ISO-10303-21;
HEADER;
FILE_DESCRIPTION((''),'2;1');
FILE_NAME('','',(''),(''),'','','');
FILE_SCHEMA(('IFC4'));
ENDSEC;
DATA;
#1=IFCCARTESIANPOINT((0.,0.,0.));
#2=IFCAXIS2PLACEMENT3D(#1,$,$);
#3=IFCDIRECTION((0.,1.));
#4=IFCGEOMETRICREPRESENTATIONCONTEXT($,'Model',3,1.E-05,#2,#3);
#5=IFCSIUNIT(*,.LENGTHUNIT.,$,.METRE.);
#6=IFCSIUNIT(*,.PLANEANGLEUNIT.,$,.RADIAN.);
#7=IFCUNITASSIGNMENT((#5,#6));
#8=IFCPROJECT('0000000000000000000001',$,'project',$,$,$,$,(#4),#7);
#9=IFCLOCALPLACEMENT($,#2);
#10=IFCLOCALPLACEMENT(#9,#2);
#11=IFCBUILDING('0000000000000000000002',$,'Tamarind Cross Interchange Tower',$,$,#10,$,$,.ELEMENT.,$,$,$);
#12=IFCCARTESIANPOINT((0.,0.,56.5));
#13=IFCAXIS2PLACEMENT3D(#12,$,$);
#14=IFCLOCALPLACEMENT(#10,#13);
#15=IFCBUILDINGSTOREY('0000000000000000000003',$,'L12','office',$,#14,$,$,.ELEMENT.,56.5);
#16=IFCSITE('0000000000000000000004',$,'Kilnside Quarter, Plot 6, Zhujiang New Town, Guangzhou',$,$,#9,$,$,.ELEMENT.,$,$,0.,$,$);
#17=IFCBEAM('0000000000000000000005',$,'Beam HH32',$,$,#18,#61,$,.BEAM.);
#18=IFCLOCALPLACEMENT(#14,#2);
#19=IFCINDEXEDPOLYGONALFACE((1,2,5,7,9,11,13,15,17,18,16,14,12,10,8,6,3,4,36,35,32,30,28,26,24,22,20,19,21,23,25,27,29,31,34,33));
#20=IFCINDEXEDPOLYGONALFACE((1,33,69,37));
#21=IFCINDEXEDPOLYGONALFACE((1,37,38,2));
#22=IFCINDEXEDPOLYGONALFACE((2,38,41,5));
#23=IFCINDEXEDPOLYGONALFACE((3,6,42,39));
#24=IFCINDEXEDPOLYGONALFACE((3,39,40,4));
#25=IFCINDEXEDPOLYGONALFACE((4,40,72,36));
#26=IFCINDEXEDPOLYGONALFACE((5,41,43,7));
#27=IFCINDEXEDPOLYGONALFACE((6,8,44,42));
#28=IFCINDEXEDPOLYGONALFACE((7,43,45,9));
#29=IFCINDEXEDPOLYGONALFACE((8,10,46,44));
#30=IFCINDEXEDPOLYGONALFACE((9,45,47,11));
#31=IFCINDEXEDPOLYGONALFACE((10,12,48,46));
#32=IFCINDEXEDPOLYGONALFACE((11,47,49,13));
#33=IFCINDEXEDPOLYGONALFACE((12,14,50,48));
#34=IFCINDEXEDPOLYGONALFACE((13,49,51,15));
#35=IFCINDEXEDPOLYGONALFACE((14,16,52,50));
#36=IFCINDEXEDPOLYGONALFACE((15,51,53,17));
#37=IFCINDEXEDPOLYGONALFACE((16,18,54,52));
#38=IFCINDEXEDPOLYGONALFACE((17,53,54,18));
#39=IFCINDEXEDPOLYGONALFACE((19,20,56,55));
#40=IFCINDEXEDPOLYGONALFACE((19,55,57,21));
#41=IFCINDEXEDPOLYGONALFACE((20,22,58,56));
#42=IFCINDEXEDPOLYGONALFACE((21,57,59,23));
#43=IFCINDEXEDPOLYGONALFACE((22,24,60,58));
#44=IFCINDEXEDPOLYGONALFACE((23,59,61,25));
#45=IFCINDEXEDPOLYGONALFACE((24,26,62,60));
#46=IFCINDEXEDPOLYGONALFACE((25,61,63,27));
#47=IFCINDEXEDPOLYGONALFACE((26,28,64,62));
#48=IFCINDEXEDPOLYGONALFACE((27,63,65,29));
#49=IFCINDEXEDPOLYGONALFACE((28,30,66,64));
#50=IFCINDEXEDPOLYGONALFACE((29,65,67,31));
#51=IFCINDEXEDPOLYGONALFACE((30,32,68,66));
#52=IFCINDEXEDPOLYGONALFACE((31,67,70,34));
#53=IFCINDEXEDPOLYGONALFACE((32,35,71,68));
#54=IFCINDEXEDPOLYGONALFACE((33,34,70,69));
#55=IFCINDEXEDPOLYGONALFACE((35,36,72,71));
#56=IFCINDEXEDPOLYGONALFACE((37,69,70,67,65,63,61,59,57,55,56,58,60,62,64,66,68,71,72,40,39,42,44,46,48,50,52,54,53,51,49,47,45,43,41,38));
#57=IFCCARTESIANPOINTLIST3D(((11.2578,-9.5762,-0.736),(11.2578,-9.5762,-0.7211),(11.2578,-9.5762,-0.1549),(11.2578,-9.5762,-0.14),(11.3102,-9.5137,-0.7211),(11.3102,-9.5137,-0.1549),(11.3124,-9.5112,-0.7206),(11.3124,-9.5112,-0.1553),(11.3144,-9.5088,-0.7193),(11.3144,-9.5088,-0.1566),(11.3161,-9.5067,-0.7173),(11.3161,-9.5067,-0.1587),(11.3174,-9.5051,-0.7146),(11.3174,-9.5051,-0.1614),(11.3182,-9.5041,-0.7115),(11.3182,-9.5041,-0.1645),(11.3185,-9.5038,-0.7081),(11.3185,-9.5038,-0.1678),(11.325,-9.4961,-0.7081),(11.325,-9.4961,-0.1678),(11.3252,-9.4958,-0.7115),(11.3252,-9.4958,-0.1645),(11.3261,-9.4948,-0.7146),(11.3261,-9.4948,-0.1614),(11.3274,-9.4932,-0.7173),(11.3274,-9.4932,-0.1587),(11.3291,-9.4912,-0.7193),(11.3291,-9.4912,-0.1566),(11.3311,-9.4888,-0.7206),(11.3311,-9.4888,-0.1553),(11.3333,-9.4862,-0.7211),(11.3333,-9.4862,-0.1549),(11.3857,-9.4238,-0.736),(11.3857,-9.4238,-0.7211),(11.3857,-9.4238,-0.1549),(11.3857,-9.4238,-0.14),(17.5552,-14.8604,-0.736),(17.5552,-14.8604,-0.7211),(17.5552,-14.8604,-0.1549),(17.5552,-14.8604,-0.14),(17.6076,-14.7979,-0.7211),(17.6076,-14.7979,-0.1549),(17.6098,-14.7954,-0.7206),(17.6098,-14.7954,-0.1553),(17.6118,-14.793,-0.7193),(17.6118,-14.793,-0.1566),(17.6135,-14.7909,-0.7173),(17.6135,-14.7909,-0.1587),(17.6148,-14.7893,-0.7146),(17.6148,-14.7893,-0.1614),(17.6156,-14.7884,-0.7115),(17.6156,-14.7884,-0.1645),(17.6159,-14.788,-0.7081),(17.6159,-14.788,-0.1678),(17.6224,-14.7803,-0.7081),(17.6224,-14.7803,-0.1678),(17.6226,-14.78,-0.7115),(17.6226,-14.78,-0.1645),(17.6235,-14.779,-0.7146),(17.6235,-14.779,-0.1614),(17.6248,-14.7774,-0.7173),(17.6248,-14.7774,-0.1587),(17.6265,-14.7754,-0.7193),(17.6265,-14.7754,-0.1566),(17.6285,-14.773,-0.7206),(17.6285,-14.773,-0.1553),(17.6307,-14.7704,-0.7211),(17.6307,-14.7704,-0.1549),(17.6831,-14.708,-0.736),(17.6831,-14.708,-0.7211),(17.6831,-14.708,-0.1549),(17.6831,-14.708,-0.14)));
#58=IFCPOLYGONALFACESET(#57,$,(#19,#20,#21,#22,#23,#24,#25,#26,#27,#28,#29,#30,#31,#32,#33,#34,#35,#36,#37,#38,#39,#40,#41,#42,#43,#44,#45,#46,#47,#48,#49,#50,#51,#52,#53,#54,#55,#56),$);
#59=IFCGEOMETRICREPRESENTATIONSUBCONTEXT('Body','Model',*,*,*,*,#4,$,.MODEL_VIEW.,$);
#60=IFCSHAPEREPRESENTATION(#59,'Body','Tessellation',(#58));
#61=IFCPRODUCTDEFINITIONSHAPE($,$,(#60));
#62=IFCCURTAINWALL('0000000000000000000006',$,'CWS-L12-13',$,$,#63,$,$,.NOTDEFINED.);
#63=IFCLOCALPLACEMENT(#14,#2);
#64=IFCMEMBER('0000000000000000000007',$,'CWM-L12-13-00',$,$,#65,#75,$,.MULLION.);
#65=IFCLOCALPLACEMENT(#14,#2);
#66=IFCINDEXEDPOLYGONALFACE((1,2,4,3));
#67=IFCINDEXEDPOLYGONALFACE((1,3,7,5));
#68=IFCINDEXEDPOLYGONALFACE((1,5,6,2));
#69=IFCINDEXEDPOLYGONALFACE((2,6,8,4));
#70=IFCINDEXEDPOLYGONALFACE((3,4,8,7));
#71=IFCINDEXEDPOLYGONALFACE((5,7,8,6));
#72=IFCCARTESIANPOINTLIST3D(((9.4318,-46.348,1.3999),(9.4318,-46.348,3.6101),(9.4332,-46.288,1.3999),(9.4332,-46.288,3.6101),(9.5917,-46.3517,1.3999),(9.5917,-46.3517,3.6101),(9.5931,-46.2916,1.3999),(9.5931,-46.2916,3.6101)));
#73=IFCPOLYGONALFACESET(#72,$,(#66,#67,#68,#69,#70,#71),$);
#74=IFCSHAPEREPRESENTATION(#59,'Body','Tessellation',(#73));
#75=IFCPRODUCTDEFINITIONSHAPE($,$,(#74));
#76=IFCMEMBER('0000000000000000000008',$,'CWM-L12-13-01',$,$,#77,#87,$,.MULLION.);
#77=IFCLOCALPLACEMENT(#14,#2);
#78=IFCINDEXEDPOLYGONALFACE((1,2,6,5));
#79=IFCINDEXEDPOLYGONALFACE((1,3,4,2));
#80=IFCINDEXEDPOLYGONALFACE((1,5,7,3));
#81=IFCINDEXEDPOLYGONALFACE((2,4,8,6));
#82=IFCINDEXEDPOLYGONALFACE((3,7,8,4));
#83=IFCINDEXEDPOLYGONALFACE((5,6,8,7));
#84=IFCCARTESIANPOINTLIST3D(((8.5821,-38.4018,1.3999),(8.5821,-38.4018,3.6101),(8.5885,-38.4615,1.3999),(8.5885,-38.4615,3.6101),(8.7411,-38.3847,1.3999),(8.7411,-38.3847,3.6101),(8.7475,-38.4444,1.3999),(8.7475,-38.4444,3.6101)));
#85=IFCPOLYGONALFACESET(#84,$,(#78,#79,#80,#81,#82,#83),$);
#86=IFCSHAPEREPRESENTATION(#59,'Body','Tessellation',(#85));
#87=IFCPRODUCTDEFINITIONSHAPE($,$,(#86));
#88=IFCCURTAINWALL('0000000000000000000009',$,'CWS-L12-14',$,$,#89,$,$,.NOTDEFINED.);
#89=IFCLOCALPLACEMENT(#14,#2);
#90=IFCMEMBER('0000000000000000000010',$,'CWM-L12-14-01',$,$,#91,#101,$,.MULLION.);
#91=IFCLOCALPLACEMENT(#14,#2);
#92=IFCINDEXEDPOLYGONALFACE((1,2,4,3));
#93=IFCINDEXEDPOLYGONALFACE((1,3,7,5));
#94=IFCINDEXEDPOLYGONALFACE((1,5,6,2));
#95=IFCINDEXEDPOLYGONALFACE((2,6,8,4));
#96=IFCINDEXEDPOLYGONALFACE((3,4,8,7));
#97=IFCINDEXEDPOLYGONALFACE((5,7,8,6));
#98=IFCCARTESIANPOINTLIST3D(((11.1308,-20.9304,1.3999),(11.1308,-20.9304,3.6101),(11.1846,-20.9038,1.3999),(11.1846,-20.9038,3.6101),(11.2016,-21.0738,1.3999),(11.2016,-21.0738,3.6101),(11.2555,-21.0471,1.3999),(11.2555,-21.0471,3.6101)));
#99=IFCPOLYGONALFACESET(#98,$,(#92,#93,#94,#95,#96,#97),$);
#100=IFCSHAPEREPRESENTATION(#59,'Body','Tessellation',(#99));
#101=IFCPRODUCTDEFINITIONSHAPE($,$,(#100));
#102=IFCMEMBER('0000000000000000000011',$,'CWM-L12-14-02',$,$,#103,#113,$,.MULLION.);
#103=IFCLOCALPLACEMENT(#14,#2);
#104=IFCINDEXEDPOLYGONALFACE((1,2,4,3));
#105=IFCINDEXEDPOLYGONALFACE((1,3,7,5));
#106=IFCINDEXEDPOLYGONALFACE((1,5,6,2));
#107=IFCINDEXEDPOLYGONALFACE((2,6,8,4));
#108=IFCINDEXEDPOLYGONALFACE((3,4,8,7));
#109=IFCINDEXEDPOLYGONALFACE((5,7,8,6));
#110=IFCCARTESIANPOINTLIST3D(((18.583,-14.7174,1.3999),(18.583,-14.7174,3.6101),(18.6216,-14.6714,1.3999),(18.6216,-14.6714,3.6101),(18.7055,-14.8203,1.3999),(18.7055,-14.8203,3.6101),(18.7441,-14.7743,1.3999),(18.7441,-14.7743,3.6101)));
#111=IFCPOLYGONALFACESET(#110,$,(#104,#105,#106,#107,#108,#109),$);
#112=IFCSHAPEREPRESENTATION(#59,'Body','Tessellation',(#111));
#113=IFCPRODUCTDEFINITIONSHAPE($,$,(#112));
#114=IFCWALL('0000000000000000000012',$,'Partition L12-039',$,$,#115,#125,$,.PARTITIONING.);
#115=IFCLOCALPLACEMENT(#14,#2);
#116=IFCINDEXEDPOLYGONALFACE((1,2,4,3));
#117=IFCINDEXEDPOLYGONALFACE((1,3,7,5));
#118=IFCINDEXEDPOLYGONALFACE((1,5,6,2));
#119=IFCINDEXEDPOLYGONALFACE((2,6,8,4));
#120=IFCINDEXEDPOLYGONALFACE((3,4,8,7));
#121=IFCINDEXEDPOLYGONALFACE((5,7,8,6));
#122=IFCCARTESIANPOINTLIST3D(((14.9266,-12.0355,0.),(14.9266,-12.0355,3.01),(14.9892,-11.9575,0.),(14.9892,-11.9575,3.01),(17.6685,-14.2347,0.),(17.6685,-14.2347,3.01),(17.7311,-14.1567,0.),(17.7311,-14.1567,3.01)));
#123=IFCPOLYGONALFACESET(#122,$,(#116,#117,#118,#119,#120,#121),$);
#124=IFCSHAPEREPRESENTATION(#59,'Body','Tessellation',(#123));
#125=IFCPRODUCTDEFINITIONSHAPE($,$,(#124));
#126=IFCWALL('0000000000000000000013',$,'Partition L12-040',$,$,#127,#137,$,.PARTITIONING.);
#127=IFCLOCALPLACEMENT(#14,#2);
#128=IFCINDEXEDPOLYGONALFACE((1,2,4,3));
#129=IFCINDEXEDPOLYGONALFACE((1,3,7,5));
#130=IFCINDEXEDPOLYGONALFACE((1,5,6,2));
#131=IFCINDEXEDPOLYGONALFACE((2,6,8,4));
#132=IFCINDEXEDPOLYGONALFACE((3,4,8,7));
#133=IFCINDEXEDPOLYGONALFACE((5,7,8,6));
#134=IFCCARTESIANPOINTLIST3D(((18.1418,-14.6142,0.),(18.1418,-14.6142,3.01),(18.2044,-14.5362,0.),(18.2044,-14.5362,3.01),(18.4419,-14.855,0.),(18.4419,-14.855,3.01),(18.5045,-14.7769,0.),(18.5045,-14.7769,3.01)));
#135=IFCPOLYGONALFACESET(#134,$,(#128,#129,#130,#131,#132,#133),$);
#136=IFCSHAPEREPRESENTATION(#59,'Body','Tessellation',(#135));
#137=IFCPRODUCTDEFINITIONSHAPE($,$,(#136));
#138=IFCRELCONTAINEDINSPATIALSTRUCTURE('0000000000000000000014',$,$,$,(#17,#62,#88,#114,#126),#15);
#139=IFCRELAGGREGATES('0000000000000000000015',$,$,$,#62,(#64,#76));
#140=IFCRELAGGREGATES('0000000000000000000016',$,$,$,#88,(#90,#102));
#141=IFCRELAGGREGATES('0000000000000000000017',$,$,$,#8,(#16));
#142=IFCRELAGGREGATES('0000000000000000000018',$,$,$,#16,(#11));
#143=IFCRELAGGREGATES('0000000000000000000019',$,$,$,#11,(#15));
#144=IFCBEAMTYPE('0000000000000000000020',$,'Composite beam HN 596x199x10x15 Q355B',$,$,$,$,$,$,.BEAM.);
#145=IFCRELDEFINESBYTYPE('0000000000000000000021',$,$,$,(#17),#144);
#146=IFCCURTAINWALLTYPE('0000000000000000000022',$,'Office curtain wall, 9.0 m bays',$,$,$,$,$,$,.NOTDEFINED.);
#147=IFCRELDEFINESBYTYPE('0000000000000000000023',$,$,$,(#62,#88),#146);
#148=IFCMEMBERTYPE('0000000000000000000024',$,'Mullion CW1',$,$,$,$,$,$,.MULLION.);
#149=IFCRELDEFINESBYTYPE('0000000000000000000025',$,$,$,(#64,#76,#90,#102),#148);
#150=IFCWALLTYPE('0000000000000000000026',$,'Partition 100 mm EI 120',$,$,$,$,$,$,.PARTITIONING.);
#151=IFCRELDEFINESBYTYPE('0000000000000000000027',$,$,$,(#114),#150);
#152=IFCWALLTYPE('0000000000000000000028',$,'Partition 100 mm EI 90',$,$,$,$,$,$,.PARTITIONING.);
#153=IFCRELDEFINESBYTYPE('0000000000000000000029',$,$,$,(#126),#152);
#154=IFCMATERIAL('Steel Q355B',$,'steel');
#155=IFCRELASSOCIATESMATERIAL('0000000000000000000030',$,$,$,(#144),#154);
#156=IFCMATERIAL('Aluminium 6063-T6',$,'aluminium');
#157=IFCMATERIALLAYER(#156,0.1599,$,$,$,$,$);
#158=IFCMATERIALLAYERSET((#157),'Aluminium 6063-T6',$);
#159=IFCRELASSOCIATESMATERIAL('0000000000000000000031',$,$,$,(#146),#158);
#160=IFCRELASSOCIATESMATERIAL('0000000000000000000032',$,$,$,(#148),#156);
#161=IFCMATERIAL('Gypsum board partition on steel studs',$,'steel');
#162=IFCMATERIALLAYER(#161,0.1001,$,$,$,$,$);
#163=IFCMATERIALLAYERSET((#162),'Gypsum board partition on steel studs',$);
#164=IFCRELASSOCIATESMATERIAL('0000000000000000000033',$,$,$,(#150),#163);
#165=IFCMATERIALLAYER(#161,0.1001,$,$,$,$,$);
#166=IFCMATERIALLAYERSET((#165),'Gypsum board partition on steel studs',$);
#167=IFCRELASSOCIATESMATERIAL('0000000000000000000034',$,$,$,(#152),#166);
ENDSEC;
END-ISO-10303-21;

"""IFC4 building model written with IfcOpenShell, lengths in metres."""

from ifc_helpers import new_model, si_unit, direction, frame, frame_2d, origin, origin_2d, place, context, subcontext, project, spatial, rectangle, i_section, extrude, material, layer, layer_set, material_profile, profile_set, type_object, element, aggregate, save


model = new_model("IFC4")

# Units and contexts
model_context = context("Model", 3, precision=1e-05, world=origin(), true_north=direction((0.0, 1.0)))
body_context = subcontext(model_context, "Body", "Model", "MODEL_VIEW")
ifc_project = project(units=[si_unit("LENGTHUNIT", "METRE"), si_unit("PLANEANGLEUNIT", "RADIAN")], contexts=[model_context])

# Site, building, storey
site_placement = place(None, origin())
site = spatial("IfcSite", under=ifc_project, at=site_placement, Name="Kilnside Quarter, Plot 6, Zhujiang New Town, Guangzhou", CompositionType="ELEMENT", RefElevation=0.0)
building_placement = place(site_placement, origin())
building = spatial("IfcBuilding", under=site, at=building_placement, Name="Tamarind Cross Interchange Tower", CompositionType="ELEMENT")
storey_placement = place(building_placement, frame((0.0, 0.0, 56.5)))
storey = spatial("IfcBuildingStorey", under=building, at=storey_placement, Name="L12", Description="office", CompositionType="ELEMENT", Elevation=56.5)

# Beam
ifc_material_1 = material(Name="Steel Q355B", Category="steel")
ifc_material_profile_1 = material_profile(ifc_material_1, i_section(OverallWidth=0.199, OverallDepth=0.5959, WebThickness=0.01, FlangeThickness=0.0149, FilletRadius=0.0129, at=origin_2d()), Name="HN 596x199x10x15")
ifc_profile_set_1 = profile_set([ifc_material_profile_1], Name="Steel Q355B")
beam_type_1 = type_object("IfcBeamType", Name="Composite beam HN 596x199x10x15 Q355B", PredefinedType="BEAM", material=ifc_profile_set_1)
beam_1_placement = place(storey_placement, frame((17.6191, -14.7842, -0.438), z_axis=(-0.766041, 0.642792, 0.0), x_axis=(-0.642792, -0.766041, 0.0)))
element("IfcBeam", 1, at=beam_1_placement, inside=storey, type_object=beam_type_1, Name="Beam HH32", PredefinedType="BEAM", context=body_context, shape_type="SweptSolid", body=[
    extrude(i_section(OverallWidth=0.199, OverallDepth=0.5959, WebThickness=0.01, FlangeThickness=0.0149, FilletRadius=0.0129, at=origin_2d()), origin(), (0.0, 0.0, 1.0), 8.2207),
])

# Curtain walls, members
ifc_material_2 = material(Name="Aluminium 6063-T6", Category="aluminium")
ifc_layer_1 = layer(ifc_material_2, 0.1599)
ifc_layer_set_1 = layer_set([ifc_layer_1], Name="Aluminium 6063-T6")
curtain_wall_type = type_object("IfcCurtainWallType", Name="Office curtain wall, 9.0 m bays", PredefinedType="NOTDEFINED", material=ifc_layer_set_1)
curtain_wall_1_placement = place(storey_placement, origin())
curtain_wall_1 = element("IfcCurtainWall", 2, at=curtain_wall_1_placement, inside=storey, type_object=curtain_wall_type, Name="CWS-L12-13", PredefinedType="NOTDEFINED")
ifc_material_profile_2 = material_profile(ifc_material_2, rectangle(XDim=0.0601, YDim=0.1599, at=origin_2d()), Name="Mullion CW1")
ifc_profile_set_2 = profile_set([ifc_material_profile_2], Name="Aluminium 6063-T6")
member_type = type_object("IfcMemberType", Name="Mullion CW1", PredefinedType="MULLION", material=ifc_profile_set_2)
member_1_placement = place(storey_placement, frame((9.5125, -46.3198, 1.3999), z_axis=(0.0, 0.0, 1.0), x_axis=(0.022718, 0.999742, 0.0)))
member_1 = element("IfcMember", 3, at=member_1_placement, type_object=member_type, Name="CWM-L12-13-00", PredefinedType="MULLION", context=body_context, shape_type="SweptSolid", body=[
    extrude(rectangle(XDim=0.0601, YDim=0.1599, at=origin_2d()), origin(), (0.0, 0.0, 1.0), 2.2102),
])
member_2_placement = place(storey_placement, frame((8.6648, -38.4231, 1.3999), z_axis=(0.0, 0.0, 1.0), x_axis=(-0.106744, 0.994287, 0.0)))
member_2 = element("IfcMember", 4, at=member_2_placement, type_object=member_type, Name="CWM-L12-13-01", PredefinedType="MULLION", context=body_context, shape_type="SweptSolid", body=[
    extrude(rectangle(XDim=0.0601, YDim=0.1599, at=origin_2d()), origin(), (0.0, 0.0, 1.0), 2.2102),
])
aggregate(curtain_wall_1, [member_1, member_2])
curtain_wall_2_placement = place(storey_placement, origin())
curtain_wall_2 = element("IfcCurtainWall", 5, at=curtain_wall_2_placement, inside=storey, type_object=curtain_wall_type, Name="CWS-L12-14", PredefinedType="NOTDEFINED")
member_3_placement = place(storey_placement, frame((11.1931, -20.9888, 1.3999), z_axis=(0.0, 0.0, 1.0), x_axis=(0.896493, 0.443059, 0.0)))
member_3 = element("IfcMember", 6, at=member_3_placement, type_object=member_type, Name="CWM-L12-14-01", PredefinedType="MULLION", context=body_context, shape_type="SweptSolid", body=[
    extrude(rectangle(XDim=0.0601, YDim=0.1599, at=origin_2d()), origin(), (0.0, 0.0, 1.0), 2.2102),
])
member_4_placement = place(storey_placement, frame((18.6636, -14.7458, 1.3999), z_axis=(0.0, 0.0, 1.0), x_axis=(0.643009, 0.765858, 0.0)))
member_4 = element("IfcMember", 7, at=member_4_placement, type_object=member_type, Name="CWM-L12-14-02", PredefinedType="MULLION", context=body_context, shape_type="SweptSolid", body=[
    extrude(rectangle(XDim=0.0601, YDim=0.1599, at=origin_2d()), origin(), (0.0, 0.0, 1.0), 2.2102),
])
aggregate(curtain_wall_2, [member_3, member_4])

# Walls
ifc_material_3 = material(Name="Gypsum board partition on steel studs", Category="steel")
ifc_layer_2 = layer(ifc_material_3, 0.1001)
ifc_layer_set_2 = layer_set([ifc_layer_2], Name="Gypsum board partition on steel studs")
wall_type_1 = type_object("IfcWallType", Name="Partition 100 mm EI 120", PredefinedType="PARTITIONING", material=ifc_layer_set_2)
wall_1_placement = place(storey_placement, frame((14.958, -11.9966, 0.0), z_axis=(0.0, 0.0, 1.0), x_axis=(0.780082, -0.625677, 0.0)))
element("IfcWall", 8, at=wall_1_placement, inside=storey, type_object=wall_type_1, Name="Partition L12-039", PredefinedType="PARTITIONING", context=body_context, shape_type="SweptSolid", body=[
    extrude(rectangle(XDim=3.5149, YDim=0.1001, at=frame_2d((1.7573, 0.0))), origin(), (0.0, 0.0, 1.0), 3.01),
])
ifc_layer_3 = layer(ifc_material_3, 0.1001)
ifc_layer_set_3 = layer_set([ifc_layer_3], Name="Gypsum board partition on steel studs")
wall_type_2 = type_object("IfcWallType", Name="Partition 100 mm EI 90", PredefinedType="PARTITIONING", material=ifc_layer_set_3)
wall_2_placement = place(storey_placement, frame((18.1731, -14.5752, 0.0), z_axis=(0.0, 0.0, 1.0), x_axis=(0.780001, -0.625778, 0.0)))
element("IfcWall", 9, at=wall_2_placement, inside=storey, type_object=wall_type_2, Name="Partition L12-040", PredefinedType="PARTITIONING", context=body_context, shape_type="SweptSolid", body=[
    extrude(rectangle(XDim=0.3848, YDim=0.1001, at=frame_2d((0.1924, 0.0))), origin(), (0.0, 0.0, 1.0), 3.01),
])

save(model, "model.ifc")
